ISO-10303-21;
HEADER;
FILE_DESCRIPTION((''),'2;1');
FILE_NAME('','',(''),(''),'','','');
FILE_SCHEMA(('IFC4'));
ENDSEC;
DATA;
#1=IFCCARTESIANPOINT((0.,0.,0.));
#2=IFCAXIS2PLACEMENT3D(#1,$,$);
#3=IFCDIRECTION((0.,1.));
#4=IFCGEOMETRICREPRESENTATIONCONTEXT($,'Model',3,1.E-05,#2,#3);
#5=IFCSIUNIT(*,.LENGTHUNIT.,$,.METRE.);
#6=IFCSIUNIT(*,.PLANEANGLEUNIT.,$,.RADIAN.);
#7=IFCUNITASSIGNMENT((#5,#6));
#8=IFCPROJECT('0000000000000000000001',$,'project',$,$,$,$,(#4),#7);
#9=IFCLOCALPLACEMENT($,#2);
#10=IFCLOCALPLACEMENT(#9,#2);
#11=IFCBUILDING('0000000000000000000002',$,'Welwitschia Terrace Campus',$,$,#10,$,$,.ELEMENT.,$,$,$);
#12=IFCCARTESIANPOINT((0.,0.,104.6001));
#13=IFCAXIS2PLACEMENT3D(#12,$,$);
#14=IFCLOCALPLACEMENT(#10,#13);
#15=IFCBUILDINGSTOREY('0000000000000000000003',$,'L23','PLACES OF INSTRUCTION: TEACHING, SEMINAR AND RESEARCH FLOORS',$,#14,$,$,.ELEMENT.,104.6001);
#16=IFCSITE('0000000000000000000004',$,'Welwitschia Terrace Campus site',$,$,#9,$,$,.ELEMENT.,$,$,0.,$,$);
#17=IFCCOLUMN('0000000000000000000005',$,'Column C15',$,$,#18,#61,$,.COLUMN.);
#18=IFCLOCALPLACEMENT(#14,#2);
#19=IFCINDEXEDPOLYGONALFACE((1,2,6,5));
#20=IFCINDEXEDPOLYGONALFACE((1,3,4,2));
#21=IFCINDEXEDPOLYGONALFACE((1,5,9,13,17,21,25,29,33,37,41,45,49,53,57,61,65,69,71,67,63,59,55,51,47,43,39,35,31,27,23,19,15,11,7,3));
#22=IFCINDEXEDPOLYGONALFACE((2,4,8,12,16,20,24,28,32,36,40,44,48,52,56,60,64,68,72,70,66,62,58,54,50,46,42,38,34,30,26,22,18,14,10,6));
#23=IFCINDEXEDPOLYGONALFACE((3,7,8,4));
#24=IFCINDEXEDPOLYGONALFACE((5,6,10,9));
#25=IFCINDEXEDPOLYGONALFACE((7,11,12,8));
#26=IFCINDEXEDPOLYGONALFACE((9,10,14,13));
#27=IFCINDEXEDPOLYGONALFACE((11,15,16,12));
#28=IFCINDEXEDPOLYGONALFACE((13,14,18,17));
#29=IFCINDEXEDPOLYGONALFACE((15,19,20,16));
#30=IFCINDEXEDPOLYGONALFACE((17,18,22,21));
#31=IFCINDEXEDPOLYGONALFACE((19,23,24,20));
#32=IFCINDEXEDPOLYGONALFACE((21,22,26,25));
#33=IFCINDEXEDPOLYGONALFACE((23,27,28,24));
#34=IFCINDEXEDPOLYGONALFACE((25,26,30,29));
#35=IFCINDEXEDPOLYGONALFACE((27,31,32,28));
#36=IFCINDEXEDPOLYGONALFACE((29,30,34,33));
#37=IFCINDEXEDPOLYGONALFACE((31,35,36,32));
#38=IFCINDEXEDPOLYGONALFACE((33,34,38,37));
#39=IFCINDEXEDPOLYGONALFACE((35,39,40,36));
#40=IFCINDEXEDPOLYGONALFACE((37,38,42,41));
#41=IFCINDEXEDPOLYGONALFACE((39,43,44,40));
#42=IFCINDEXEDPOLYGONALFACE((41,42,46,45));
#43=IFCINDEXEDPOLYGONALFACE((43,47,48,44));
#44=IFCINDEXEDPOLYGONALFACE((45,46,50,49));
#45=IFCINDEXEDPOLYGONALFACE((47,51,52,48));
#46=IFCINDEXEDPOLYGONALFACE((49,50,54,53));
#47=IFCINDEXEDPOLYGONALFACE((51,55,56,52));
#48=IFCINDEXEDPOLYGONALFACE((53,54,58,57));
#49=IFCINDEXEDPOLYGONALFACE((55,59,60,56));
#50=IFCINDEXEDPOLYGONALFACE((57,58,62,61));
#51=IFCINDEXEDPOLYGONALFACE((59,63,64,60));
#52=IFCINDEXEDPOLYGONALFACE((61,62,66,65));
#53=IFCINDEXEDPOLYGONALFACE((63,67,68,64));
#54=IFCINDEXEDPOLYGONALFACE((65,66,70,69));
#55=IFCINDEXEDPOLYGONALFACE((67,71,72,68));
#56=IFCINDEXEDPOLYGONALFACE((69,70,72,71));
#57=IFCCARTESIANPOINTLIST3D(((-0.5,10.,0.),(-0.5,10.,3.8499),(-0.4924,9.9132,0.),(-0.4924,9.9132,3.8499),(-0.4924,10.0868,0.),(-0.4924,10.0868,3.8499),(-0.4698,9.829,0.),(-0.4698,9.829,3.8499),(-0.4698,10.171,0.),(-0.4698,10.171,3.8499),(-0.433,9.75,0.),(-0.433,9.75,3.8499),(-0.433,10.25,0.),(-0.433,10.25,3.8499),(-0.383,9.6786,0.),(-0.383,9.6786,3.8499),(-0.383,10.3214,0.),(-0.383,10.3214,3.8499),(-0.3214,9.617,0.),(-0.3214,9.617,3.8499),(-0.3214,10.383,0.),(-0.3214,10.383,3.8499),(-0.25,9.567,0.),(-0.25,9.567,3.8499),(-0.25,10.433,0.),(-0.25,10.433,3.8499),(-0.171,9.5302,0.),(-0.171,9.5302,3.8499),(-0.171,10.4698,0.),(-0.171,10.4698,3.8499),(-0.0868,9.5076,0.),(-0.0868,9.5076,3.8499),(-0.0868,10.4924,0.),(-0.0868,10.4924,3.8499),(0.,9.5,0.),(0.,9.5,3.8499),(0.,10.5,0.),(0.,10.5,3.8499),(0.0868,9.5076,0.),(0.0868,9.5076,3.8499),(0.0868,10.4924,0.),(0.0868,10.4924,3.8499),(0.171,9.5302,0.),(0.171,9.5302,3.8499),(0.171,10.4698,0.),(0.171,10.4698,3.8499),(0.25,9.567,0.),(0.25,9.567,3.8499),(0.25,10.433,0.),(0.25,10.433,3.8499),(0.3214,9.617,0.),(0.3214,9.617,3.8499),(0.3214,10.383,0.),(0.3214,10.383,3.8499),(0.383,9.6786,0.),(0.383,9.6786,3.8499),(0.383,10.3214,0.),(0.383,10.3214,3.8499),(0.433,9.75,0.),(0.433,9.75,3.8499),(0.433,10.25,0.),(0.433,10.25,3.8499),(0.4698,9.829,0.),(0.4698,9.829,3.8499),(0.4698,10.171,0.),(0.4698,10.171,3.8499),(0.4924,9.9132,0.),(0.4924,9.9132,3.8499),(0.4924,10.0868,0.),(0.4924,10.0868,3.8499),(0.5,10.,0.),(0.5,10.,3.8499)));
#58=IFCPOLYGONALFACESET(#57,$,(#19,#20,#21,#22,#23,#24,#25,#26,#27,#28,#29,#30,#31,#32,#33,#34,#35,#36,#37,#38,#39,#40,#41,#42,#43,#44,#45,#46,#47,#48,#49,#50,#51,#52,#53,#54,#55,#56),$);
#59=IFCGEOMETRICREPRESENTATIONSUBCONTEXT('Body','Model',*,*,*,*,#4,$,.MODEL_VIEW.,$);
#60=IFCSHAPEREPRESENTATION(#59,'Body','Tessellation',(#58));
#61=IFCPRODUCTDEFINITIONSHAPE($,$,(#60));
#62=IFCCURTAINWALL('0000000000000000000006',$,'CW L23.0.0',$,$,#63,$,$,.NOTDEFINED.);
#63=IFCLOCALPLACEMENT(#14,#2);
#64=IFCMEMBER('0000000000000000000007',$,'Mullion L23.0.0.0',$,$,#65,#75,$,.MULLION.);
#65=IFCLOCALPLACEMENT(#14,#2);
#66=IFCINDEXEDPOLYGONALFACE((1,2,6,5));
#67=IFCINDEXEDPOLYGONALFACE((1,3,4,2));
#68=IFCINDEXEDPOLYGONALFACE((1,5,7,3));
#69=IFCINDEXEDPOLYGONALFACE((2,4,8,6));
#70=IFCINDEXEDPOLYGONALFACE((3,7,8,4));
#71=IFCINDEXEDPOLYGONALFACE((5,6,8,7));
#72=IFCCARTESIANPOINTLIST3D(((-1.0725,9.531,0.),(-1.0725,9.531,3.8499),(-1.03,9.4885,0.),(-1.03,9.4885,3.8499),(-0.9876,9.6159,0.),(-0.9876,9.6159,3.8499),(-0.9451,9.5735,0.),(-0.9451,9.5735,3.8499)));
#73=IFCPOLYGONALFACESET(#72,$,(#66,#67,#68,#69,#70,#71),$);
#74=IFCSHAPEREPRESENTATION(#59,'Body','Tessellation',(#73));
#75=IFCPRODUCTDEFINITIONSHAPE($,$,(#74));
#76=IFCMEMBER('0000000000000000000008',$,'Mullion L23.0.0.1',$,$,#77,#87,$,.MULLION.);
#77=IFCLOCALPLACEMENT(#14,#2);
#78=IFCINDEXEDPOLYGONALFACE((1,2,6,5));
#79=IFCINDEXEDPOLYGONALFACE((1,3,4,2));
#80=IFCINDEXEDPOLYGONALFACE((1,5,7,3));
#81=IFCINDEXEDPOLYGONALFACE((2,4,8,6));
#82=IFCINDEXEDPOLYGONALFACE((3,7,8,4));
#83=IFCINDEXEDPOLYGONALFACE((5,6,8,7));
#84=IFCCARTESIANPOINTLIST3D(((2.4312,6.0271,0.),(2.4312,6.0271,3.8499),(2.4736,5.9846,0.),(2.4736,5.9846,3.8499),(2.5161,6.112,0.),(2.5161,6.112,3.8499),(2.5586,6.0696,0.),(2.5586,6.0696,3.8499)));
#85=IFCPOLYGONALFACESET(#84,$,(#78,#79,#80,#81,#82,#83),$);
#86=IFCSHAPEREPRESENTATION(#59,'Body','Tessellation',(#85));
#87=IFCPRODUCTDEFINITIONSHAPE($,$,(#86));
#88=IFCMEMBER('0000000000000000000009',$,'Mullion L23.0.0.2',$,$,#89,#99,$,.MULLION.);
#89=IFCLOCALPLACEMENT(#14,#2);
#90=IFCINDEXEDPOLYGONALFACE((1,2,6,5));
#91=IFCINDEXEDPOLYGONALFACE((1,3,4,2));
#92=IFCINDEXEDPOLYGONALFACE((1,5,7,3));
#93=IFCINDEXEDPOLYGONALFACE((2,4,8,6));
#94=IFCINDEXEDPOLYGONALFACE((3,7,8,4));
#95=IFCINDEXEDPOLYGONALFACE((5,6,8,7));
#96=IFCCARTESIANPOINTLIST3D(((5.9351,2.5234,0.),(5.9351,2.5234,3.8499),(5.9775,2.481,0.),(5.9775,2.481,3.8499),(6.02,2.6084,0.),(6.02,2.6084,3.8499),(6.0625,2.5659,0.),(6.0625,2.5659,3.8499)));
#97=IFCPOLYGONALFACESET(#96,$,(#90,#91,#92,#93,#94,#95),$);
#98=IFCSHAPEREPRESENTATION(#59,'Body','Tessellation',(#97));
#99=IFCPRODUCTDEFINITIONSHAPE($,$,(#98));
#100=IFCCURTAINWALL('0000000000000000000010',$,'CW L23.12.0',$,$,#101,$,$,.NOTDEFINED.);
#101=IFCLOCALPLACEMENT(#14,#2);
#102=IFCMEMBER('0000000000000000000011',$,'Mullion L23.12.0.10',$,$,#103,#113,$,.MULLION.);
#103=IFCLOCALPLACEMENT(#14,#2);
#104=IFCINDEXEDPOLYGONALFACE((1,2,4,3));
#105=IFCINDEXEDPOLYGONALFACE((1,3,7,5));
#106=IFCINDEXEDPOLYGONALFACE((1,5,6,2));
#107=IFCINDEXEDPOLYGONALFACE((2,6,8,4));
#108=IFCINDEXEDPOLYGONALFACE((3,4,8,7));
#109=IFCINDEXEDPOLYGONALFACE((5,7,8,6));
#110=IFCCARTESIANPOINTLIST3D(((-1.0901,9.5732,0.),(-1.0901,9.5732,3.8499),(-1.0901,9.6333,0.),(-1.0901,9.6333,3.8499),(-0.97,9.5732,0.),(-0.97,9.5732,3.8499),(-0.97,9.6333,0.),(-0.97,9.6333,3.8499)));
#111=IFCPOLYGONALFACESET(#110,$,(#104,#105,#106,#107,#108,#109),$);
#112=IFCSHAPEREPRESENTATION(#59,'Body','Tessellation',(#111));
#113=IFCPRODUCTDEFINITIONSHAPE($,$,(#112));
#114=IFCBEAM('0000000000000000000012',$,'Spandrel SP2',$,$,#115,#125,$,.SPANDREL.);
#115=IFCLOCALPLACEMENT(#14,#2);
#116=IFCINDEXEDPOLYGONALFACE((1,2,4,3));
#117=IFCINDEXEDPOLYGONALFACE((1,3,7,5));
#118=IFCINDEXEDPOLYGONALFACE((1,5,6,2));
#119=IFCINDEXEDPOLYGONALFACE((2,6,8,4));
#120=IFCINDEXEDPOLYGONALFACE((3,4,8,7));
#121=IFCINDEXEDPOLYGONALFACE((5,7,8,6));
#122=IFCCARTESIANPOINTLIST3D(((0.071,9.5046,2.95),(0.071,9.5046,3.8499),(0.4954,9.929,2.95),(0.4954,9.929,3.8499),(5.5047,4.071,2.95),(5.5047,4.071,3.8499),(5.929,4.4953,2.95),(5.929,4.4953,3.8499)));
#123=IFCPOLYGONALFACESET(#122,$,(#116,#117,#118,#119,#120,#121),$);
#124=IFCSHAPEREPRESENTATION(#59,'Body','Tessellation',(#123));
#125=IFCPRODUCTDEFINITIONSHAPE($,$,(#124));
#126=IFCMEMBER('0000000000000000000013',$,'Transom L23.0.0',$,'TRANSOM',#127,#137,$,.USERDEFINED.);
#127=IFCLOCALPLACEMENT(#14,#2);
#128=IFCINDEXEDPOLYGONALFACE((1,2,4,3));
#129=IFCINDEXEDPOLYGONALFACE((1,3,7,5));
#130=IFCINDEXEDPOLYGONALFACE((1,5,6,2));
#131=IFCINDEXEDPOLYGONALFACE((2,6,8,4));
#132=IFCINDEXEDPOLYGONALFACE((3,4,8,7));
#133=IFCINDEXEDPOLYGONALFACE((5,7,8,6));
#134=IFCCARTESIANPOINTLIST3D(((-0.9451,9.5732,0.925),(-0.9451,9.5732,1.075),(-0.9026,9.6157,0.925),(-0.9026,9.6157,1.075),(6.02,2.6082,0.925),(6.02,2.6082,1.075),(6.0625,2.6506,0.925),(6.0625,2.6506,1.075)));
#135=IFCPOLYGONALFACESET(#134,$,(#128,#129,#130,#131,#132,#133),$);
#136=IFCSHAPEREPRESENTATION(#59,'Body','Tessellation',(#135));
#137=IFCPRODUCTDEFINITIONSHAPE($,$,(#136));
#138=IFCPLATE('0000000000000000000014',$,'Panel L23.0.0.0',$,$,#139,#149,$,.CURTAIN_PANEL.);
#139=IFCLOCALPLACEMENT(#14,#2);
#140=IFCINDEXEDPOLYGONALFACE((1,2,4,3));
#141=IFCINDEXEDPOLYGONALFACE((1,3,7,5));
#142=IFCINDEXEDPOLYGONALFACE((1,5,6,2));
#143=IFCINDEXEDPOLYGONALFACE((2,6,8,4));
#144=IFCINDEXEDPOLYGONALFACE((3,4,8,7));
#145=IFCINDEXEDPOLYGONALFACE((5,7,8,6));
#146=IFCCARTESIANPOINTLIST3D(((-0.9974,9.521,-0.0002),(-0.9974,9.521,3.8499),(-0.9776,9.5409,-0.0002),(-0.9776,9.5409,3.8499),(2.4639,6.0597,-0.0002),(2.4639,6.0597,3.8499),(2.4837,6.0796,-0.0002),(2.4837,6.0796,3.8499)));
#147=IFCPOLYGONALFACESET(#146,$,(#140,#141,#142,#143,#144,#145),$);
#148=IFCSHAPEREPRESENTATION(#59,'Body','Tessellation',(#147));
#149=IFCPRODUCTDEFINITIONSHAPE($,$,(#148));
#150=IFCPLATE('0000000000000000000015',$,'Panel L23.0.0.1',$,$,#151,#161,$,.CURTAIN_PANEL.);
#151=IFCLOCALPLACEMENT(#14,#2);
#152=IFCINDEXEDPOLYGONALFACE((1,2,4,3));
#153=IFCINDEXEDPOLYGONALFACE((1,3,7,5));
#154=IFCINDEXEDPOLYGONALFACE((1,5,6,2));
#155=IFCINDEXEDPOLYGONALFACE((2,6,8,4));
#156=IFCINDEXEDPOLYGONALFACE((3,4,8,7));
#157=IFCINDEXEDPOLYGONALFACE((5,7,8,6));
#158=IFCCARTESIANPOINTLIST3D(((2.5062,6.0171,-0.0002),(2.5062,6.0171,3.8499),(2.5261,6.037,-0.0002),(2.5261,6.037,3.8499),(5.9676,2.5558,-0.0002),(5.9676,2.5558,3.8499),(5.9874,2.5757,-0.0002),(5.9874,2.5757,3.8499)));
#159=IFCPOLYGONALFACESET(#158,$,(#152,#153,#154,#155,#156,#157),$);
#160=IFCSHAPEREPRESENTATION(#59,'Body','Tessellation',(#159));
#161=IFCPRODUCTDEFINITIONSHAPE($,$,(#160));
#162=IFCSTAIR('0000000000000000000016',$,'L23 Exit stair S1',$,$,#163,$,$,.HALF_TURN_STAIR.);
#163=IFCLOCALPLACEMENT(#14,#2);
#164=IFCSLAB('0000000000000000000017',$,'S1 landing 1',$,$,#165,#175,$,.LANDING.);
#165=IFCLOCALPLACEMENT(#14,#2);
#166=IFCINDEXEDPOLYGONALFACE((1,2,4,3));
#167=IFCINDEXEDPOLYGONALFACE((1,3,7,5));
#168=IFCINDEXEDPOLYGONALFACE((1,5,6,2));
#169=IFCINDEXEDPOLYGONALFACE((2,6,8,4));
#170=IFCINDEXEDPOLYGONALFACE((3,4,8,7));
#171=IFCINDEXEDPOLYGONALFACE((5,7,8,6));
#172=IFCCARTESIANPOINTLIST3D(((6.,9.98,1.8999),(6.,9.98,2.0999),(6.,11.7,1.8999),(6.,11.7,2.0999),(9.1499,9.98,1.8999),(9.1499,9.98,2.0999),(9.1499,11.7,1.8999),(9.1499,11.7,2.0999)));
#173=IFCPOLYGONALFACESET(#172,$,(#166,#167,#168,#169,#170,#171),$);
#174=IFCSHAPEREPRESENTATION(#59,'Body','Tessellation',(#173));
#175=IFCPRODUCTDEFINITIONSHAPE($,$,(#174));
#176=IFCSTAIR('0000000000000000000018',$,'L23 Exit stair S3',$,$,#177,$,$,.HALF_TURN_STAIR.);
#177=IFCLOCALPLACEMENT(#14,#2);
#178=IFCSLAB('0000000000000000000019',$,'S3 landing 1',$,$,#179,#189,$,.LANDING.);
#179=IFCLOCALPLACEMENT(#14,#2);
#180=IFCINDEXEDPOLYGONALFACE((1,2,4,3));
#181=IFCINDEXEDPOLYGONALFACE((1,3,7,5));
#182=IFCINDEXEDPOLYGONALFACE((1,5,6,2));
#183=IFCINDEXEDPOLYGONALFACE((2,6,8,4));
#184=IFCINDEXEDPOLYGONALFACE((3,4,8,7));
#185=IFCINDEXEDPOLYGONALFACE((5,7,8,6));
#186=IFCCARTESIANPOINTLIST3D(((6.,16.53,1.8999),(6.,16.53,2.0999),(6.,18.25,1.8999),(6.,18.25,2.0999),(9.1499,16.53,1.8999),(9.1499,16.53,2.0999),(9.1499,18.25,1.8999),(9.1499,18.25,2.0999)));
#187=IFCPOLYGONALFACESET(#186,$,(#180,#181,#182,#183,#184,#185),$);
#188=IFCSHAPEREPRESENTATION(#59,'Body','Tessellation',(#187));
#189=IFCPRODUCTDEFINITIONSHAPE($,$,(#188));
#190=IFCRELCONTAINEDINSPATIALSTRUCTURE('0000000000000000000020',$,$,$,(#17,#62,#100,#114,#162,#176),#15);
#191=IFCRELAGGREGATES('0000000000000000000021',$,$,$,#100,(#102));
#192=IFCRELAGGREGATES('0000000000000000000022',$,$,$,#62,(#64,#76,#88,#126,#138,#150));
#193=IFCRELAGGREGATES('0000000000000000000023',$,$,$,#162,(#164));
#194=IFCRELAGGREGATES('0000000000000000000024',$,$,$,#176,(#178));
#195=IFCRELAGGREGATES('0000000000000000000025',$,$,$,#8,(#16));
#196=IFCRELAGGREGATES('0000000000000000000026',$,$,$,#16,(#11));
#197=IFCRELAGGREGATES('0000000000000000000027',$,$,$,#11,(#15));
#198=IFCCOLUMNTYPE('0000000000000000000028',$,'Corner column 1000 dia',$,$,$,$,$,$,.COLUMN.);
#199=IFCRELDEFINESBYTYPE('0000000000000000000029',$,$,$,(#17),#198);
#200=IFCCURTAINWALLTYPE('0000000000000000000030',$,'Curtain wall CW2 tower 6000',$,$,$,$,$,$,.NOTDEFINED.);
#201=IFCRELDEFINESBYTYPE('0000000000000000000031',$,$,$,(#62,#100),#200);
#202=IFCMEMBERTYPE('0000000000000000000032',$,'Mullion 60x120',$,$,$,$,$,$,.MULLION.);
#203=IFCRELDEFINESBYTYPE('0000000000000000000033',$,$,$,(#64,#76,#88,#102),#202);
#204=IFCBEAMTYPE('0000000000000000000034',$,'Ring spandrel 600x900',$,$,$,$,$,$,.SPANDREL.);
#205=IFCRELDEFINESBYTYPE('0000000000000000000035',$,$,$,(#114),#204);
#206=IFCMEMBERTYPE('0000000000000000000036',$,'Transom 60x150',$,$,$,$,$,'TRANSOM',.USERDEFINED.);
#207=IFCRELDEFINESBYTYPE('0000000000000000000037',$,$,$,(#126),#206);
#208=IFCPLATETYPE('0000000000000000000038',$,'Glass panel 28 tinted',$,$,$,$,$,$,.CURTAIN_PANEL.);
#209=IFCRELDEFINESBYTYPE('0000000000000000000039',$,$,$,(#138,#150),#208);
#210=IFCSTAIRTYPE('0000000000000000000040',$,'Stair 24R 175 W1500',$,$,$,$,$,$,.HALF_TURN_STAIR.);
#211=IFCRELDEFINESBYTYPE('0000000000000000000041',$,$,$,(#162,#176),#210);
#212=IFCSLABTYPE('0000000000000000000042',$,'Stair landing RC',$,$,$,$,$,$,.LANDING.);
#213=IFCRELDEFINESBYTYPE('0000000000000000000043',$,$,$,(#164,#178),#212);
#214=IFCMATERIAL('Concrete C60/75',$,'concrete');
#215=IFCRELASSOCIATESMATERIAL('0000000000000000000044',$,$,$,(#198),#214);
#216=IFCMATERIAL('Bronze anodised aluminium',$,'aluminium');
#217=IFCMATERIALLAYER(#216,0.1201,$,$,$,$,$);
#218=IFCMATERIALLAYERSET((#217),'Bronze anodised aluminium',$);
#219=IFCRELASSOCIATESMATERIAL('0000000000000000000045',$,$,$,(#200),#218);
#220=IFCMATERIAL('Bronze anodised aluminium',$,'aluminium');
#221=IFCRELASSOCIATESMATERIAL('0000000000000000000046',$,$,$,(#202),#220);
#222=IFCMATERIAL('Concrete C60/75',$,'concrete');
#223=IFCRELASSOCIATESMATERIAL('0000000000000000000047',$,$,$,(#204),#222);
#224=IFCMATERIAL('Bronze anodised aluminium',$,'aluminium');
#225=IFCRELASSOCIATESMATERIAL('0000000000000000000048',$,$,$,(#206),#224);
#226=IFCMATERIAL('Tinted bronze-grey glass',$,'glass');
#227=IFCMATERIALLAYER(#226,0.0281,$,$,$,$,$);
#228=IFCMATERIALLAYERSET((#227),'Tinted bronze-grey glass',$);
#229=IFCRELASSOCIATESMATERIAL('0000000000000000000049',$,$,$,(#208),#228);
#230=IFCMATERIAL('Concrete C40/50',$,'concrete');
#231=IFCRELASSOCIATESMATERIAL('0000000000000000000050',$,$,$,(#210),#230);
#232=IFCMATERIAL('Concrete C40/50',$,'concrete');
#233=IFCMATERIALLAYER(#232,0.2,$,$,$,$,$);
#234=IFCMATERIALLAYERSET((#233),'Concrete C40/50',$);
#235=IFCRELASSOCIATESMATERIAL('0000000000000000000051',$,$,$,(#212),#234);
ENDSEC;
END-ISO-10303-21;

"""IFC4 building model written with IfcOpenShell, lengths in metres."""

from ifc_helpers import new_model, si_unit, direction, frame, origin, origin_2d, place, context, subcontext, project, spatial, polyline, rectangle, circle, outline, extrude, material, layer, layer_set, material_profile, profile_set, type_object, element, aggregate, save


model = new_model("IFC4")

# Units and contexts
model_context = context("Model", 3, precision=1e-05, world=origin(), true_north=direction((0.0, 1.0)))
body_context = subcontext(model_context, "Body", "Model", "MODEL_VIEW")
ifc_project = project(units=[si_unit("LENGTHUNIT", "METRE"), si_unit("PLANEANGLEUNIT", "RADIAN")], contexts=[model_context])

# Site, building, storey
site_placement = place(None, origin())
site = spatial("IfcSite", under=ifc_project, at=site_placement, Name="Welwitschia Terrace Campus site", CompositionType="ELEMENT", RefElevation=0.0)
building_placement = place(site_placement, origin())
building = spatial("IfcBuilding", under=site, at=building_placement, Name="Welwitschia Terrace Campus", CompositionType="ELEMENT")
storey_placement = place(building_placement, frame((0.0, 0.0, 104.6001)))
storey = spatial("IfcBuildingStorey", under=building, at=storey_placement, Name="L23", Description="PLACES OF INSTRUCTION: TEACHING, SEMINAR AND RESEARCH FLOORS", CompositionType="ELEMENT", Elevation=104.6001)

# Column
ifc_material_1 = material(Name="Concrete C60/75", Category="concrete")
ifc_material_profile_1 = material_profile(ifc_material_1, circle(Radius=0.5, at=origin_2d()))
ifc_profile_set_1 = profile_set([ifc_material_profile_1], Name="Concrete C60/75")
column_type = type_object("IfcColumnType", Name="Corner column 1000 dia", PredefinedType="COLUMN", material=ifc_profile_set_1)
column_placement = place(storey_placement, frame((0.0, 10.0, 0.0), z_axis=(0.0, 0.0, 1.0), x_axis=(1.0, 0.0, 0.0)))
element("IfcColumn", 1, at=column_placement, inside=storey, type_object=column_type, Name="Column C15", PredefinedType="COLUMN", context=body_context, shape_type="SweptSolid", body=[
    extrude(circle(Radius=0.5, at=origin_2d()), origin(), (0.0, 0.0, 1.0), 3.8499),
])

# Curtain wall, members
ifc_material_2 = material(Name="Bronze anodised aluminium", Category="aluminium")
ifc_layer_1 = layer(ifc_material_2, 0.1201)
ifc_layer_set_1 = layer_set([ifc_layer_1], Name="Bronze anodised aluminium")
curtain_wall_type = type_object("IfcCurtainWallType", Name="Curtain wall CW2 tower 6000", PredefinedType="NOTDEFINED", material=ifc_layer_set_1)
curtain_wall_1_placement = place(storey_placement, origin())
curtain_wall_1 = element("IfcCurtainWall", 2, at=curtain_wall_1_placement, inside=storey, type_object=curtain_wall_type, Name="CW L23.0.0", PredefinedType="NOTDEFINED")
ifc_material_3 = material(Name="Bronze anodised aluminium", Category="aluminium")
ifc_material_profile_2 = material_profile(ifc_material_3, rectangle(XDim=0.1201, YDim=0.0601, at=origin_2d()))
ifc_profile_set_2 = profile_set([ifc_material_profile_2], Name="Bronze anodised aluminium")
member_type_1 = type_object("IfcMemberType", Name="Mullion 60x120", PredefinedType="MULLION", material=ifc_profile_set_2)
member_1_placement = place(storey_placement, frame((-1.0088, 9.5522, 0.0), z_axis=(0.0, 0.0, 1.0), x_axis=(0.707107, 0.707107, 0.0)))
member_1 = element("IfcMember", 3, at=member_1_placement, type_object=member_type_1, Name="Mullion L23.0.0.0", PredefinedType="MULLION", context=body_context, shape_type="SweptSolid", body=[
    extrude(rectangle(XDim=0.1201, YDim=0.0601, at=origin_2d()), origin(), (0.0, 0.0, 1.0), 3.8499),
])
member_2_placement = place(storey_placement, frame((2.4949, 6.0483, 0.0), z_axis=(0.0, 0.0, 1.0), x_axis=(0.707107, 0.707107, 0.0)))
member_2 = element("IfcMember", 4, at=member_2_placement, type_object=member_type_1, Name="Mullion L23.0.0.1", PredefinedType="MULLION", context=body_context, shape_type="SweptSolid", body=[
    extrude(rectangle(XDim=0.1201, YDim=0.0601, at=origin_2d()), origin(), (0.0, 0.0, 1.0), 3.8499),
])
member_3_placement = place(storey_placement, frame((5.9988, 2.5447, 0.0), z_axis=(0.0, 0.0, 1.0), x_axis=(0.707107, 0.707107, 0.0)))
member_3 = element("IfcMember", 5, at=member_3_placement, type_object=member_type_1, Name="Mullion L23.0.0.2", PredefinedType="MULLION", context=body_context, shape_type="SweptSolid", body=[
    extrude(rectangle(XDim=0.1201, YDim=0.0601, at=origin_2d()), origin(), (0.0, 0.0, 1.0), 3.8499),
])

# Curtain wall, member
curtain_wall_2_placement = place(storey_placement, origin())
curtain_wall_2 = element("IfcCurtainWall", 6, at=curtain_wall_2_placement, inside=storey, type_object=curtain_wall_type, Name="CW L23.12.0", PredefinedType="NOTDEFINED")
member_4_placement = place(storey_placement, frame((-1.03, 9.6033, 0.0), z_axis=(0.0, 0.0, 1.0), x_axis=(1.0, 0.0, 0.0)))
member_4 = element("IfcMember", 7, at=member_4_placement, type_object=member_type_1, Name="Mullion L23.12.0.10", PredefinedType="MULLION", context=body_context, shape_type="SweptSolid", body=[
    extrude(rectangle(XDim=0.1201, YDim=0.0601, at=origin_2d()), origin(), (0.0, 0.0, 1.0), 3.8499),
])
aggregate(curtain_wall_2, [member_4])

# Beam
ifc_material_4 = material(Name="Concrete C60/75", Category="concrete")
ifc_material_profile_3 = material_profile(ifc_material_4, rectangle(XDim=0.6001, YDim=0.8999, at=origin_2d()))
ifc_profile_set_3 = profile_set([ifc_material_profile_3], Name="Concrete C60/75")
beam_type = type_object("IfcBeamType", Name="Ring spandrel 600x900", PredefinedType="SPANDREL", material=ifc_profile_set_3)
beam_placement = place(storey_placement, frame((0.2832, 9.7168, 3.3999), z_axis=(0.707107, -0.707107, 0.0), x_axis=(0.707107, 0.707107, 0.0)))
element("IfcBeam", 8, at=beam_placement, inside=storey, type_object=beam_type, Name="Spandrel SP2", PredefinedType="SPANDREL", context=body_context, shape_type="SweptSolid", body=[
    extrude(rectangle(XDim=0.6001, YDim=0.8999, at=origin_2d()), origin(), (0.0, 0.0, 1.0), 7.6843),
])

# Member
ifc_material_5 = material(Name="Bronze anodised aluminium", Category="aluminium")
ifc_material_profile_4 = material_profile(ifc_material_5, rectangle(XDim=0.0601, YDim=0.1499, at=origin_2d()))
ifc_profile_set_4 = profile_set([ifc_material_profile_4], Name="Bronze anodised aluminium")
member_type_2 = type_object("IfcMemberType", Name="Transom 60x150", ElementType="TRANSOM", PredefinedType="USERDEFINED", material=ifc_profile_set_4)
member_5_placement = place(storey_placement, frame((-0.9238, 9.5945, 1.0), z_axis=(0.707107, -0.707107, 0.0), x_axis=(0.707107, 0.707107, 0.0)))
member_5 = element("IfcMember", 9, at=member_5_placement, type_object=member_type_2, Name="Transom L23.0.0", ObjectType="TRANSOM", PredefinedType="USERDEFINED", context=body_context, shape_type="SweptSolid", body=[
    extrude(rectangle(XDim=0.0601, YDim=0.1499, at=origin_2d()), origin(), (0.0, 0.0, 1.0), 9.8501),
])

# Plates
ifc_material_6 = material(Name="Tinted bronze-grey glass", Category="glass")
ifc_layer_2 = layer(ifc_material_6, 0.0281)
ifc_layer_set_2 = layer_set([ifc_layer_2], Name="Tinted bronze-grey glass")
plate_type = type_object("IfcPlateType", Name="Glass panel 28 tinted", PredefinedType="CURTAIN_PANEL", material=ifc_layer_set_2)
plate_1_placement = place(storey_placement, frame((0.7432, 7.8003, -0.0002), z_axis=(0.0, 0.0, 1.0), x_axis=(0.707107, -0.707107, 0.0)))
plate_1 = element("IfcPlate", 10, at=plate_1_placement, type_object=plate_type, Name="Panel L23.0.0.0", PredefinedType="CURTAIN_PANEL", context=body_context, shape_type="SweptSolid", body=[
    extrude(rectangle(XDim=4.895, YDim=0.0281, at=origin_2d()), origin(), (0.0, 0.0, 1.0), 3.8501),
])
plate_2_placement = place(storey_placement, frame((4.2468, 4.2964, -0.0002), z_axis=(0.0, 0.0, 1.0), x_axis=(0.707107, -0.707107, 0.0)))
plate_2 = element("IfcPlate", 11, at=plate_2_placement, type_object=plate_type, Name="Panel L23.0.0.1", PredefinedType="CURTAIN_PANEL", context=body_context, shape_type="SweptSolid", body=[
    extrude(rectangle(XDim=4.895, YDim=0.0281, at=origin_2d()), origin(), (0.0, 0.0, 1.0), 3.8501),
])
aggregate(curtain_wall_1, [member_1, member_2, member_3, member_5, plate_1, plate_2])

# Stairs, slabs
ifc_material_7 = material(Name="Concrete C40/50", Category="concrete")
stair_type = type_object("IfcStairType", Name="Stair 24R 175 W1500", PredefinedType="HALF_TURN_STAIR", material=ifc_material_7)
stair_1_placement = place(storey_placement, origin())
stair_1 = element("IfcStair", 12, at=stair_1_placement, inside=storey, type_object=stair_type, Name="L23 Exit stair S1", PredefinedType="HALF_TURN_STAIR")
ifc_material_8 = material(Name="Concrete C40/50", Category="concrete")
ifc_layer_3 = layer(ifc_material_8, 0.2)
ifc_layer_set_3 = layer_set([ifc_layer_3], Name="Concrete C40/50")
slab_type_1 = type_object("IfcSlabType", Name="Stair landing RC", PredefinedType="LANDING", material=ifc_layer_set_3)
slab_1_placement = place(storey_placement, frame((0.0, 0.0, 1.8999)))
slab_1 = element("IfcSlab", 13, at=slab_1_placement, type_object=slab_type_1, Name="S1 landing 1", PredefinedType="LANDING", context=body_context, shape_type="SweptSolid", body=[
    extrude(outline(polyline([(9.1499, 9.98), (9.1499, 11.7), (6.0, 11.7), (6.0, 9.98), (9.1499, 9.98)])), origin(), (0.0, 0.0, 1.0), 0.2),
])
aggregate(stair_1, [slab_1])
stair_2_placement = place(storey_placement, origin())
stair_2 = element("IfcStair", 14, at=stair_2_placement, inside=storey, type_object=stair_type, Name="L23 Exit stair S3", PredefinedType="HALF_TURN_STAIR")
slab_2_placement = place(storey_placement, frame((0.0, 0.0, 1.8999)))
slab_2 = element("IfcSlab", 15, at=slab_2_placement, type_object=slab_type_1, Name="S3 landing 1", PredefinedType="LANDING", context=body_context, shape_type="SweptSolid", body=[
    extrude(outline(polyline([(9.1499, 16.53), (9.1499, 18.25), (6.0, 18.25), (6.0, 16.53), (9.1499, 16.53)])), origin(), (0.0, 0.0, 1.0), 0.2),
])
aggregate(stair_2, [slab_2])

save(model, "model.ifc")
